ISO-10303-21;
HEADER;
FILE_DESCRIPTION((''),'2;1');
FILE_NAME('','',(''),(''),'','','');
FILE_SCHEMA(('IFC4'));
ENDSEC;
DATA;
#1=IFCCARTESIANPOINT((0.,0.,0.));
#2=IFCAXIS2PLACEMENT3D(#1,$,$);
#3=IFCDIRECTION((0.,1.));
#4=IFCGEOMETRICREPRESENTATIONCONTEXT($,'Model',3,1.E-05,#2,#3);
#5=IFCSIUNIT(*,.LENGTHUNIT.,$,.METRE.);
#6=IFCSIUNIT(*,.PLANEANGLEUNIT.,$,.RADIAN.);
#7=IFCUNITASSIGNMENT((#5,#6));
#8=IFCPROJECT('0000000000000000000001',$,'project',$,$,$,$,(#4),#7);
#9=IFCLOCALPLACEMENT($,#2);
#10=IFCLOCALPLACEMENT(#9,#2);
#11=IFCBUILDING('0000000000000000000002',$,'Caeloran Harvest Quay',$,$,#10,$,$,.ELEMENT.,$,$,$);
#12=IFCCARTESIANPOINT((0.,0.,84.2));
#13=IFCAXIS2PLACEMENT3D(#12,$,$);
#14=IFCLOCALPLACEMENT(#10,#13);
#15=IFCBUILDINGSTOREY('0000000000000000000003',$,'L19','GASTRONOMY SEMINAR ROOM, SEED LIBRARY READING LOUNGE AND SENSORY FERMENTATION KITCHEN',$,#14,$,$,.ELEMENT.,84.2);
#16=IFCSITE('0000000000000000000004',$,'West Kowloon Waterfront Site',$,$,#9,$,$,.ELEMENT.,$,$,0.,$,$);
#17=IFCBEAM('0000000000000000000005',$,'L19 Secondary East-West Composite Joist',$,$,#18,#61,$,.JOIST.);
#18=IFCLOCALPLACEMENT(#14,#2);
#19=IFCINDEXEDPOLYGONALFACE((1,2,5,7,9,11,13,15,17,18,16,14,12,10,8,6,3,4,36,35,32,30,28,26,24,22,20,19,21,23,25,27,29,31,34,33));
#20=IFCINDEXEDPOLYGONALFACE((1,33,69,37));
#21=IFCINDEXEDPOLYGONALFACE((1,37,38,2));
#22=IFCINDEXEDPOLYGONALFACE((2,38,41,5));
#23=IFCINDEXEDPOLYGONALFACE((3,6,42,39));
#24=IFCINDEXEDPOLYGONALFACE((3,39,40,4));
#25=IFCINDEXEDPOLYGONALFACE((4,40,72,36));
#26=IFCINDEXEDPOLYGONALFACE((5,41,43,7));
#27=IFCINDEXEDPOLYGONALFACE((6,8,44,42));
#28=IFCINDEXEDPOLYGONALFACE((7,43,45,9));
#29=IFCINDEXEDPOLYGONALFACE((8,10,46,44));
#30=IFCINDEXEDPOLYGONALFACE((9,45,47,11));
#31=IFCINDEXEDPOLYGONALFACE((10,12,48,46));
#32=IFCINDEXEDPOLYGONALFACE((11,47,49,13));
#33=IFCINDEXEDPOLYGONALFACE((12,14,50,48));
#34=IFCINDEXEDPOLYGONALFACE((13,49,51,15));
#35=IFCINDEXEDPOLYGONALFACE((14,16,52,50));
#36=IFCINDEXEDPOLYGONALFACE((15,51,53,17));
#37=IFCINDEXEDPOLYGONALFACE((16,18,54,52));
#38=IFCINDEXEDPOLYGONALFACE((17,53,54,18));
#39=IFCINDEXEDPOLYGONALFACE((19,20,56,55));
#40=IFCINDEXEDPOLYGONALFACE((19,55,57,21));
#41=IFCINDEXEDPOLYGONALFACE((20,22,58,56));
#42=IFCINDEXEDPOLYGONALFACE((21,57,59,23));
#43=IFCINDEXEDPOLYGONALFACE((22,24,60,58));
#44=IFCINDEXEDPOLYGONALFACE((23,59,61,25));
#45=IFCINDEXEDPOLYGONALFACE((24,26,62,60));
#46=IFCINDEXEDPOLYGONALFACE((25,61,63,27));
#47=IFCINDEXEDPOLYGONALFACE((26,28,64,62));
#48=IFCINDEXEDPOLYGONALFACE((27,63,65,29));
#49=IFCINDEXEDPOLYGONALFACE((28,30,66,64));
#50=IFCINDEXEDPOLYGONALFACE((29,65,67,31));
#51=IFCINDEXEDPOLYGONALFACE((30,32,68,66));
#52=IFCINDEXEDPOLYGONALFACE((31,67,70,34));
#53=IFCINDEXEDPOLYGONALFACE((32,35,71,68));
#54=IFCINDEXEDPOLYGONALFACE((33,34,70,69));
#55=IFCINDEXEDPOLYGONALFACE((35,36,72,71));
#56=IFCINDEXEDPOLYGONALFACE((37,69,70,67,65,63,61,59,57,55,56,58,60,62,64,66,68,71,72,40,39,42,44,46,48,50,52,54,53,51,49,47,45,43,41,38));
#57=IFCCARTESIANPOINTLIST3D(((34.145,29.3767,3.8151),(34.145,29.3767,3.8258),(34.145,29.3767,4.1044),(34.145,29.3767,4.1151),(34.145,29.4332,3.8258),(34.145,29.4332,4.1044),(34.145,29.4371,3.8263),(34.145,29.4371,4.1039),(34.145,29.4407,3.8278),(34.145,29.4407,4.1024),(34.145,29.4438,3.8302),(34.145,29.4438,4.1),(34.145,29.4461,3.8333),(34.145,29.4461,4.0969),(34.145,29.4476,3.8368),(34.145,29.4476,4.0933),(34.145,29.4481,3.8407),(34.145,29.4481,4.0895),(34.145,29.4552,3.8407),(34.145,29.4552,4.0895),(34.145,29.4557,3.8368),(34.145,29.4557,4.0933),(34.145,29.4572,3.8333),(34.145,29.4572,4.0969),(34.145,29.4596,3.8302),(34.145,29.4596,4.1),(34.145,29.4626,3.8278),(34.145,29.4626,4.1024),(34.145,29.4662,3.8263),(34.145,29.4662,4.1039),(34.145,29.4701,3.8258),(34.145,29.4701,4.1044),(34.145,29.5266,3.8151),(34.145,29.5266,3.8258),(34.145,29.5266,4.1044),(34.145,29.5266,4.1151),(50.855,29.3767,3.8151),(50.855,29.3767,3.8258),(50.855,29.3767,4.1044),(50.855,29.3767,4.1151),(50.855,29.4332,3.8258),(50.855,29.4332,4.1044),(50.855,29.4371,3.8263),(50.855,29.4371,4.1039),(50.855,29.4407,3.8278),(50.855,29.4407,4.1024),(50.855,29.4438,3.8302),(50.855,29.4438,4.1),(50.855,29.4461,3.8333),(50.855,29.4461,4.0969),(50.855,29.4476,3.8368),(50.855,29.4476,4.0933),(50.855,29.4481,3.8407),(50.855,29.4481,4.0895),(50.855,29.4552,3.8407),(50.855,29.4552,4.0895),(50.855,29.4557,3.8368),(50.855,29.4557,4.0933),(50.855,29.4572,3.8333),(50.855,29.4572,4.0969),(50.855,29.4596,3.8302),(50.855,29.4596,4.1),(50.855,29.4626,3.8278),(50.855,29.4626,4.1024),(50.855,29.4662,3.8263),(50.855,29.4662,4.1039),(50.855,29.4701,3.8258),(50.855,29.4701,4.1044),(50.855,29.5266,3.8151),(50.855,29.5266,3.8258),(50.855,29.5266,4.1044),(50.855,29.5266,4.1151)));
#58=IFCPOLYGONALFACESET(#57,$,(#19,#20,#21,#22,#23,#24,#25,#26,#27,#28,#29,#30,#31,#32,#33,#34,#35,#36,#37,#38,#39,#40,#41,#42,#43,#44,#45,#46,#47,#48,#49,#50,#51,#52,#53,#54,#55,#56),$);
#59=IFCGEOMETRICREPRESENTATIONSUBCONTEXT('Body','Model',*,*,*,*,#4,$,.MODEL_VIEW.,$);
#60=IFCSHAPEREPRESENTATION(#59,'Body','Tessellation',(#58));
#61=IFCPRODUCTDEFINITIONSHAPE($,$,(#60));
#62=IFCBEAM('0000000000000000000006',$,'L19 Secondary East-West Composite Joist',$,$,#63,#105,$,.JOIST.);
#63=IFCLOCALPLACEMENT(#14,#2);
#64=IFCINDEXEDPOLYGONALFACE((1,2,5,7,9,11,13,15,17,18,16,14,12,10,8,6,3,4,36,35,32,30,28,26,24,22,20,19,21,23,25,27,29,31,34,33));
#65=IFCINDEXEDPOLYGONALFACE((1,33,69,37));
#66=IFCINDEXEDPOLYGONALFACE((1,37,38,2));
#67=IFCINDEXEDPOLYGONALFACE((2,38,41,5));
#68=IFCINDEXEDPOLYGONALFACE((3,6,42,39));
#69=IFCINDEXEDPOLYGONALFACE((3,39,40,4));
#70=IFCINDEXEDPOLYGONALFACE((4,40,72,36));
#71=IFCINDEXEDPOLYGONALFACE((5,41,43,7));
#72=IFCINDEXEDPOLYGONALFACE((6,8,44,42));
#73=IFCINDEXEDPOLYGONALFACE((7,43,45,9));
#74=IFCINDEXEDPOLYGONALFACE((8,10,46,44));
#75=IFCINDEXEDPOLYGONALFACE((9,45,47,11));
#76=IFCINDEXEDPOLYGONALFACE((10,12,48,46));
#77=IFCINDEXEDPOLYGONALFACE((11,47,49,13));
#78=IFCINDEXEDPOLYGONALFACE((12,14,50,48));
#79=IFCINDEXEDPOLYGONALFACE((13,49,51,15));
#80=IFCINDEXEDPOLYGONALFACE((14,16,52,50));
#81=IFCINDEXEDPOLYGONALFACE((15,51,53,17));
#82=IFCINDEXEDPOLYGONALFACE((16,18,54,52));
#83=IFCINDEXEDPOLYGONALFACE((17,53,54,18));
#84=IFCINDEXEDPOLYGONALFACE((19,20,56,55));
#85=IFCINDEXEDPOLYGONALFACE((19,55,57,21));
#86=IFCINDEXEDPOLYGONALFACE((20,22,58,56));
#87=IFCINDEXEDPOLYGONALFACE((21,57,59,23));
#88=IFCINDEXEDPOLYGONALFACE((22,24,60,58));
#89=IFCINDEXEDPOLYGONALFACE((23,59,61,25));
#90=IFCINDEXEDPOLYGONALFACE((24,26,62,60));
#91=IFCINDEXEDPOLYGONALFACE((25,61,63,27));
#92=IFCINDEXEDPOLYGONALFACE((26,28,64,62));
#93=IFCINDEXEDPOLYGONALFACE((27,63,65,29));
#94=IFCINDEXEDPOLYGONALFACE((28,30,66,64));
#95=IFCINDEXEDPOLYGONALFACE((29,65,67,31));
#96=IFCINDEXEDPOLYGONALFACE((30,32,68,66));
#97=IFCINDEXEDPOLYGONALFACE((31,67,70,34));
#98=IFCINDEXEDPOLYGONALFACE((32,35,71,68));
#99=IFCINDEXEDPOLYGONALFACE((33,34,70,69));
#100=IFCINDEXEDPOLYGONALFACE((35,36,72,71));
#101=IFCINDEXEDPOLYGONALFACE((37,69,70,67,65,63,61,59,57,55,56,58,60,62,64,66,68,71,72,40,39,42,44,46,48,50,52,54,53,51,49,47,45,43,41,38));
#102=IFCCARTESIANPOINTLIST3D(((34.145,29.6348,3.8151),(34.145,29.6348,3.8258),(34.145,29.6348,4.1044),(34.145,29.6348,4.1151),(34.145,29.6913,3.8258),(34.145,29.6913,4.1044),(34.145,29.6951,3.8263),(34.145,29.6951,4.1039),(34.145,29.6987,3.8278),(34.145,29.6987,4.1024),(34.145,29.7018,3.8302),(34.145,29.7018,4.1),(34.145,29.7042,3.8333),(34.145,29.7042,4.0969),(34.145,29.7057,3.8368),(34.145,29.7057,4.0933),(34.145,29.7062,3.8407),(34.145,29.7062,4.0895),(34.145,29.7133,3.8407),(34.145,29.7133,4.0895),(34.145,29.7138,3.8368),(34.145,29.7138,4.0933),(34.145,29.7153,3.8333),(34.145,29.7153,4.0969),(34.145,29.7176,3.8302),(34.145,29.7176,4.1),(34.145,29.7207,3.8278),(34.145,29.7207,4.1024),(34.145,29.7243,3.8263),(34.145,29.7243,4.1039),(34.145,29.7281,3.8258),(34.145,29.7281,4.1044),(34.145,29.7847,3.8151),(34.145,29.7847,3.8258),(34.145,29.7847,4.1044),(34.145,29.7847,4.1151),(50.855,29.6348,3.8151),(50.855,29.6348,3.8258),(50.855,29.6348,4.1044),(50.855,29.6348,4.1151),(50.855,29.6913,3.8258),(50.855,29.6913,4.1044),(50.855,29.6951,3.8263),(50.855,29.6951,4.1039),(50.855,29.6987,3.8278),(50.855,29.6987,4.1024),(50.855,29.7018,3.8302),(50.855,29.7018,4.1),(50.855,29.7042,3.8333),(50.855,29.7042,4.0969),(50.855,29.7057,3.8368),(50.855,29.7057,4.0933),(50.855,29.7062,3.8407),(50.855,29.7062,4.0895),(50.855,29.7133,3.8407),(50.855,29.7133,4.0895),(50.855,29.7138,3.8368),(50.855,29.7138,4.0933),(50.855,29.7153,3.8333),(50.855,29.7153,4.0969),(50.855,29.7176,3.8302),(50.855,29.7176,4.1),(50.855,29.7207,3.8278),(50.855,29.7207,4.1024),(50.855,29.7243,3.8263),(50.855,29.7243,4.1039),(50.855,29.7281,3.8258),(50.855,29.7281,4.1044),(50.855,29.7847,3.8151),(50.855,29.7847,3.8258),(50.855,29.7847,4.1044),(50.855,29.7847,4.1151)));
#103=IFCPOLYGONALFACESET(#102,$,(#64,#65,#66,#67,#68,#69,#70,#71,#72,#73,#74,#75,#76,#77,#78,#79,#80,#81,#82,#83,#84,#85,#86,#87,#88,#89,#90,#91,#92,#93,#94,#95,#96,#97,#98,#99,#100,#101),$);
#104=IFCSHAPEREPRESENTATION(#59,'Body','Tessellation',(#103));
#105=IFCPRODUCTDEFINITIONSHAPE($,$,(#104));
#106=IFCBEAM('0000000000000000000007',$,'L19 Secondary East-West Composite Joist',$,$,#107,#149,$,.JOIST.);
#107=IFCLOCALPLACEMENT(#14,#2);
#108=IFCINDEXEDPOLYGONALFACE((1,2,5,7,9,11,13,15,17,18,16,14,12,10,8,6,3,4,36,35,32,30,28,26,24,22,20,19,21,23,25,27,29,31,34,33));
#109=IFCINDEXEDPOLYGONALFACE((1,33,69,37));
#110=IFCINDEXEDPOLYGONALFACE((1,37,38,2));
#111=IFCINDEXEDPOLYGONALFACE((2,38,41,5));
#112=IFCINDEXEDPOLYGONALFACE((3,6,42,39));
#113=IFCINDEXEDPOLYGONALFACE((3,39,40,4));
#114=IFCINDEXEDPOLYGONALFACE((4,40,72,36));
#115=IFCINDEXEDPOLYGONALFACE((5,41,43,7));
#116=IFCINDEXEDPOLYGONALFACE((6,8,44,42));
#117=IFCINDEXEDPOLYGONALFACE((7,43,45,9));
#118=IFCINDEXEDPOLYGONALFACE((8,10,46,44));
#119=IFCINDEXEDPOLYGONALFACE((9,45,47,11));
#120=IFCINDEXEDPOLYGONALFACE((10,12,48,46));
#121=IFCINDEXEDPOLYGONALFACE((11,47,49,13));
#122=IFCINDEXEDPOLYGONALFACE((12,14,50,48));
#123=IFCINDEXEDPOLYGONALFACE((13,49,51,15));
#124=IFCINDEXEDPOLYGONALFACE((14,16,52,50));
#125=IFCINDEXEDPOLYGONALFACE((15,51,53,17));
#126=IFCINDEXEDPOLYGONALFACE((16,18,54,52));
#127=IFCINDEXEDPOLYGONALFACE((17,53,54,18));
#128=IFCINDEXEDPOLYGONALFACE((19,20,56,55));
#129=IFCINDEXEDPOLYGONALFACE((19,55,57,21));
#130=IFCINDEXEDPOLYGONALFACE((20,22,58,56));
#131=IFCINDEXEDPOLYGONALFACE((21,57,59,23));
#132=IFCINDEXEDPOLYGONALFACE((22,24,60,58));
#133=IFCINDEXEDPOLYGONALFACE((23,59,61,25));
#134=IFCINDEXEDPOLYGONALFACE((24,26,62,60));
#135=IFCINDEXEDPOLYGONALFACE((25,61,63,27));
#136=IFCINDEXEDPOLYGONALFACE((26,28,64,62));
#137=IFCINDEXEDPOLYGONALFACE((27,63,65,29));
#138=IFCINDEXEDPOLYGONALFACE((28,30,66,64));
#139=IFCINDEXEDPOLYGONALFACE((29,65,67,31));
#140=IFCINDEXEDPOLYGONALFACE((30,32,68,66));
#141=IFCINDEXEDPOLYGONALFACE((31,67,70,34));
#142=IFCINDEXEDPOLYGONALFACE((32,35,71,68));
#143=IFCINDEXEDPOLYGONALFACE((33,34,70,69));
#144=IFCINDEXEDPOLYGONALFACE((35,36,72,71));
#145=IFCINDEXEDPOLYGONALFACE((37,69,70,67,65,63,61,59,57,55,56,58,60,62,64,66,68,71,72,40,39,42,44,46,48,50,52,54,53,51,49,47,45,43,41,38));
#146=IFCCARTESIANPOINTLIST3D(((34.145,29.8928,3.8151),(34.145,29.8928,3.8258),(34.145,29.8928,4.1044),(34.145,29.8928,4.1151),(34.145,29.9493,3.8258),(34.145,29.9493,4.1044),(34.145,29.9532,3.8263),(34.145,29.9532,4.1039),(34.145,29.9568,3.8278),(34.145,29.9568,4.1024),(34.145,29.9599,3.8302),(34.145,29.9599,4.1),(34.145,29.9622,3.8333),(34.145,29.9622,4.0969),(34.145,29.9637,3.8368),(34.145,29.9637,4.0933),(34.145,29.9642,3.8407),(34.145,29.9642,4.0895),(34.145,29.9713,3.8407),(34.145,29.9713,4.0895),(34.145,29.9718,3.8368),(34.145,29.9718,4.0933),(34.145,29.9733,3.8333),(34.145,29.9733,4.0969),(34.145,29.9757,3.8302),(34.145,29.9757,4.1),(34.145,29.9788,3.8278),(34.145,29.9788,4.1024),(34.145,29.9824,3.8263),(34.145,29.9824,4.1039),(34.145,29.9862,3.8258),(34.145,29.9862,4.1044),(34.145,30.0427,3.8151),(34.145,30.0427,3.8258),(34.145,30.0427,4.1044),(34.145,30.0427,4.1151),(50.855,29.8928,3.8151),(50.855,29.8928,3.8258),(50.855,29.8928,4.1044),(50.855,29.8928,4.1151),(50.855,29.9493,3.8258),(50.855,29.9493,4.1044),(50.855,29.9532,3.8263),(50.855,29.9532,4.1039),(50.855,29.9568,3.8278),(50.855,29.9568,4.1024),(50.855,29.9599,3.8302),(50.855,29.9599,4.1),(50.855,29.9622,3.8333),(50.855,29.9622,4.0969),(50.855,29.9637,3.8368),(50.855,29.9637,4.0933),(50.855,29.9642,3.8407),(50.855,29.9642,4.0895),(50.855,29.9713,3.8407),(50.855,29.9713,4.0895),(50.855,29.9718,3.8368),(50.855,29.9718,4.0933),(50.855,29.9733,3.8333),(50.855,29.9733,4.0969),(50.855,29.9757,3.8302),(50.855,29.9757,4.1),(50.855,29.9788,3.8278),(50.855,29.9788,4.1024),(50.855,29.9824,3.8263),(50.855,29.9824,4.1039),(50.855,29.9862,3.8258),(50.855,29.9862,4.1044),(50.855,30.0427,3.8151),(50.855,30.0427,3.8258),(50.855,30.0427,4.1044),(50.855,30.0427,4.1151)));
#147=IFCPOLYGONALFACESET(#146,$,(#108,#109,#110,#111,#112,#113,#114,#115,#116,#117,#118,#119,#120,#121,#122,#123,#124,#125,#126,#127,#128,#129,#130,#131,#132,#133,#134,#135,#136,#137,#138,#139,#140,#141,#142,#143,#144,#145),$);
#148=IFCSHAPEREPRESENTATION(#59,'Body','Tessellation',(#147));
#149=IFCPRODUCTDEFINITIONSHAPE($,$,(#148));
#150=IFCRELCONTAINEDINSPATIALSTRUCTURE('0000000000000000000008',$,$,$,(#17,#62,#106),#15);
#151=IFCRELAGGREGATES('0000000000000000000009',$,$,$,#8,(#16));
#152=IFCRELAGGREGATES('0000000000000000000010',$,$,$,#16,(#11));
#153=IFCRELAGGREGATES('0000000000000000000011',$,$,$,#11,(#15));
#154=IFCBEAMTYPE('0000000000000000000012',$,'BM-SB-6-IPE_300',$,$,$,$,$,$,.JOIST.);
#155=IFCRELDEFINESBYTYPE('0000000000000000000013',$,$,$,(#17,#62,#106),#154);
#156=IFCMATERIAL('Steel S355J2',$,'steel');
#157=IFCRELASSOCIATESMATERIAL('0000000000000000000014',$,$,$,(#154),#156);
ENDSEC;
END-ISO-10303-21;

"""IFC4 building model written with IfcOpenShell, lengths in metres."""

from ifc_helpers import new_model, si_unit, direction, frame, origin, origin_2d, place, context, subcontext, project, spatial, i_section, extrude, material, material_profile, profile_set, type_object, element, save


model = new_model("IFC4")

# Units and contexts
model_context = context("Model", 3, precision=1e-05, world=origin(), true_north=direction((0.0, 1.0)))
body_context = subcontext(model_context, "Body", "Model", "MODEL_VIEW")
ifc_project = project(units=[si_unit("LENGTHUNIT", "METRE"), si_unit("PLANEANGLEUNIT", "RADIAN")], contexts=[model_context])

# Site, building, storey
site_placement = place(None, origin())
site = spatial("IfcSite", under=ifc_project, at=site_placement, Name="West Kowloon Waterfront Site", CompositionType="ELEMENT", RefElevation=0.0)
building_placement = place(site_placement, origin())
building = spatial("IfcBuilding", under=site, at=building_placement, Name="Caeloran Harvest Quay", CompositionType="ELEMENT")
storey_placement = place(building_placement, frame((0.0, 0.0, 84.2)))
storey = spatial("IfcBuildingStorey", under=building, at=storey_placement, Name="L19", Description="GASTRONOMY SEMINAR ROOM, SEED LIBRARY READING LOUNGE AND SENSORY FERMENTATION KITCHEN", CompositionType="ELEMENT", Elevation=84.2)

# Beams
ifc_material_1 = material(Name="Steel S355J2", Category="steel")
ifc_material_profile_1 = material_profile(ifc_material_1, i_section(OverallWidth=0.1499, OverallDepth=0.3, WebThickness=0.0071, FlangeThickness=0.0107, FilletRadius=0.0149, at=origin_2d()), Name="IPE 300")
ifc_profile_set_1 = profile_set([ifc_material_profile_1], Name="Steel S355J2")
beam_type_1 = type_object("IfcBeamType", Name="BM-SB-6-IPE_300", PredefinedType="JOIST", material=ifc_profile_set_1)
for number, where, z_axis, x_axis, name in (
    (1, (34.145, 29.4517, 3.9651), (1.0, 0.0, 0.0), (0.0, 1.0, 0.0), "L19 Secondary East-West Composite Joist"),
    (2, (34.145, 29.7097, 3.9651), (1.0, 0.0, 0.0), (0.0, 1.0, 0.0), "L19 Secondary East-West Composite Joist"),
    (3, (34.145, 29.9678, 3.9651), (1.0, 0.0, 0.0), (0.0, 1.0, 0.0), "L19 Secondary East-West Composite Joist"),
):
    element("IfcBeam", number, at=place(storey_placement, frame(where, z_axis=z_axis, x_axis=x_axis)), inside=storey, type_object=beam_type_1, Name=name, PredefinedType="JOIST", context=body_context, shape_type="SweptSolid", body=[
        extrude(i_section(OverallWidth=0.1499, OverallDepth=0.3, WebThickness=0.0071, FlangeThickness=0.0107, FilletRadius=0.0149, at=origin_2d()), origin(), (0.0, 0.0, 1.0), 16.71),
    ])

save(model, "model.ifc")
